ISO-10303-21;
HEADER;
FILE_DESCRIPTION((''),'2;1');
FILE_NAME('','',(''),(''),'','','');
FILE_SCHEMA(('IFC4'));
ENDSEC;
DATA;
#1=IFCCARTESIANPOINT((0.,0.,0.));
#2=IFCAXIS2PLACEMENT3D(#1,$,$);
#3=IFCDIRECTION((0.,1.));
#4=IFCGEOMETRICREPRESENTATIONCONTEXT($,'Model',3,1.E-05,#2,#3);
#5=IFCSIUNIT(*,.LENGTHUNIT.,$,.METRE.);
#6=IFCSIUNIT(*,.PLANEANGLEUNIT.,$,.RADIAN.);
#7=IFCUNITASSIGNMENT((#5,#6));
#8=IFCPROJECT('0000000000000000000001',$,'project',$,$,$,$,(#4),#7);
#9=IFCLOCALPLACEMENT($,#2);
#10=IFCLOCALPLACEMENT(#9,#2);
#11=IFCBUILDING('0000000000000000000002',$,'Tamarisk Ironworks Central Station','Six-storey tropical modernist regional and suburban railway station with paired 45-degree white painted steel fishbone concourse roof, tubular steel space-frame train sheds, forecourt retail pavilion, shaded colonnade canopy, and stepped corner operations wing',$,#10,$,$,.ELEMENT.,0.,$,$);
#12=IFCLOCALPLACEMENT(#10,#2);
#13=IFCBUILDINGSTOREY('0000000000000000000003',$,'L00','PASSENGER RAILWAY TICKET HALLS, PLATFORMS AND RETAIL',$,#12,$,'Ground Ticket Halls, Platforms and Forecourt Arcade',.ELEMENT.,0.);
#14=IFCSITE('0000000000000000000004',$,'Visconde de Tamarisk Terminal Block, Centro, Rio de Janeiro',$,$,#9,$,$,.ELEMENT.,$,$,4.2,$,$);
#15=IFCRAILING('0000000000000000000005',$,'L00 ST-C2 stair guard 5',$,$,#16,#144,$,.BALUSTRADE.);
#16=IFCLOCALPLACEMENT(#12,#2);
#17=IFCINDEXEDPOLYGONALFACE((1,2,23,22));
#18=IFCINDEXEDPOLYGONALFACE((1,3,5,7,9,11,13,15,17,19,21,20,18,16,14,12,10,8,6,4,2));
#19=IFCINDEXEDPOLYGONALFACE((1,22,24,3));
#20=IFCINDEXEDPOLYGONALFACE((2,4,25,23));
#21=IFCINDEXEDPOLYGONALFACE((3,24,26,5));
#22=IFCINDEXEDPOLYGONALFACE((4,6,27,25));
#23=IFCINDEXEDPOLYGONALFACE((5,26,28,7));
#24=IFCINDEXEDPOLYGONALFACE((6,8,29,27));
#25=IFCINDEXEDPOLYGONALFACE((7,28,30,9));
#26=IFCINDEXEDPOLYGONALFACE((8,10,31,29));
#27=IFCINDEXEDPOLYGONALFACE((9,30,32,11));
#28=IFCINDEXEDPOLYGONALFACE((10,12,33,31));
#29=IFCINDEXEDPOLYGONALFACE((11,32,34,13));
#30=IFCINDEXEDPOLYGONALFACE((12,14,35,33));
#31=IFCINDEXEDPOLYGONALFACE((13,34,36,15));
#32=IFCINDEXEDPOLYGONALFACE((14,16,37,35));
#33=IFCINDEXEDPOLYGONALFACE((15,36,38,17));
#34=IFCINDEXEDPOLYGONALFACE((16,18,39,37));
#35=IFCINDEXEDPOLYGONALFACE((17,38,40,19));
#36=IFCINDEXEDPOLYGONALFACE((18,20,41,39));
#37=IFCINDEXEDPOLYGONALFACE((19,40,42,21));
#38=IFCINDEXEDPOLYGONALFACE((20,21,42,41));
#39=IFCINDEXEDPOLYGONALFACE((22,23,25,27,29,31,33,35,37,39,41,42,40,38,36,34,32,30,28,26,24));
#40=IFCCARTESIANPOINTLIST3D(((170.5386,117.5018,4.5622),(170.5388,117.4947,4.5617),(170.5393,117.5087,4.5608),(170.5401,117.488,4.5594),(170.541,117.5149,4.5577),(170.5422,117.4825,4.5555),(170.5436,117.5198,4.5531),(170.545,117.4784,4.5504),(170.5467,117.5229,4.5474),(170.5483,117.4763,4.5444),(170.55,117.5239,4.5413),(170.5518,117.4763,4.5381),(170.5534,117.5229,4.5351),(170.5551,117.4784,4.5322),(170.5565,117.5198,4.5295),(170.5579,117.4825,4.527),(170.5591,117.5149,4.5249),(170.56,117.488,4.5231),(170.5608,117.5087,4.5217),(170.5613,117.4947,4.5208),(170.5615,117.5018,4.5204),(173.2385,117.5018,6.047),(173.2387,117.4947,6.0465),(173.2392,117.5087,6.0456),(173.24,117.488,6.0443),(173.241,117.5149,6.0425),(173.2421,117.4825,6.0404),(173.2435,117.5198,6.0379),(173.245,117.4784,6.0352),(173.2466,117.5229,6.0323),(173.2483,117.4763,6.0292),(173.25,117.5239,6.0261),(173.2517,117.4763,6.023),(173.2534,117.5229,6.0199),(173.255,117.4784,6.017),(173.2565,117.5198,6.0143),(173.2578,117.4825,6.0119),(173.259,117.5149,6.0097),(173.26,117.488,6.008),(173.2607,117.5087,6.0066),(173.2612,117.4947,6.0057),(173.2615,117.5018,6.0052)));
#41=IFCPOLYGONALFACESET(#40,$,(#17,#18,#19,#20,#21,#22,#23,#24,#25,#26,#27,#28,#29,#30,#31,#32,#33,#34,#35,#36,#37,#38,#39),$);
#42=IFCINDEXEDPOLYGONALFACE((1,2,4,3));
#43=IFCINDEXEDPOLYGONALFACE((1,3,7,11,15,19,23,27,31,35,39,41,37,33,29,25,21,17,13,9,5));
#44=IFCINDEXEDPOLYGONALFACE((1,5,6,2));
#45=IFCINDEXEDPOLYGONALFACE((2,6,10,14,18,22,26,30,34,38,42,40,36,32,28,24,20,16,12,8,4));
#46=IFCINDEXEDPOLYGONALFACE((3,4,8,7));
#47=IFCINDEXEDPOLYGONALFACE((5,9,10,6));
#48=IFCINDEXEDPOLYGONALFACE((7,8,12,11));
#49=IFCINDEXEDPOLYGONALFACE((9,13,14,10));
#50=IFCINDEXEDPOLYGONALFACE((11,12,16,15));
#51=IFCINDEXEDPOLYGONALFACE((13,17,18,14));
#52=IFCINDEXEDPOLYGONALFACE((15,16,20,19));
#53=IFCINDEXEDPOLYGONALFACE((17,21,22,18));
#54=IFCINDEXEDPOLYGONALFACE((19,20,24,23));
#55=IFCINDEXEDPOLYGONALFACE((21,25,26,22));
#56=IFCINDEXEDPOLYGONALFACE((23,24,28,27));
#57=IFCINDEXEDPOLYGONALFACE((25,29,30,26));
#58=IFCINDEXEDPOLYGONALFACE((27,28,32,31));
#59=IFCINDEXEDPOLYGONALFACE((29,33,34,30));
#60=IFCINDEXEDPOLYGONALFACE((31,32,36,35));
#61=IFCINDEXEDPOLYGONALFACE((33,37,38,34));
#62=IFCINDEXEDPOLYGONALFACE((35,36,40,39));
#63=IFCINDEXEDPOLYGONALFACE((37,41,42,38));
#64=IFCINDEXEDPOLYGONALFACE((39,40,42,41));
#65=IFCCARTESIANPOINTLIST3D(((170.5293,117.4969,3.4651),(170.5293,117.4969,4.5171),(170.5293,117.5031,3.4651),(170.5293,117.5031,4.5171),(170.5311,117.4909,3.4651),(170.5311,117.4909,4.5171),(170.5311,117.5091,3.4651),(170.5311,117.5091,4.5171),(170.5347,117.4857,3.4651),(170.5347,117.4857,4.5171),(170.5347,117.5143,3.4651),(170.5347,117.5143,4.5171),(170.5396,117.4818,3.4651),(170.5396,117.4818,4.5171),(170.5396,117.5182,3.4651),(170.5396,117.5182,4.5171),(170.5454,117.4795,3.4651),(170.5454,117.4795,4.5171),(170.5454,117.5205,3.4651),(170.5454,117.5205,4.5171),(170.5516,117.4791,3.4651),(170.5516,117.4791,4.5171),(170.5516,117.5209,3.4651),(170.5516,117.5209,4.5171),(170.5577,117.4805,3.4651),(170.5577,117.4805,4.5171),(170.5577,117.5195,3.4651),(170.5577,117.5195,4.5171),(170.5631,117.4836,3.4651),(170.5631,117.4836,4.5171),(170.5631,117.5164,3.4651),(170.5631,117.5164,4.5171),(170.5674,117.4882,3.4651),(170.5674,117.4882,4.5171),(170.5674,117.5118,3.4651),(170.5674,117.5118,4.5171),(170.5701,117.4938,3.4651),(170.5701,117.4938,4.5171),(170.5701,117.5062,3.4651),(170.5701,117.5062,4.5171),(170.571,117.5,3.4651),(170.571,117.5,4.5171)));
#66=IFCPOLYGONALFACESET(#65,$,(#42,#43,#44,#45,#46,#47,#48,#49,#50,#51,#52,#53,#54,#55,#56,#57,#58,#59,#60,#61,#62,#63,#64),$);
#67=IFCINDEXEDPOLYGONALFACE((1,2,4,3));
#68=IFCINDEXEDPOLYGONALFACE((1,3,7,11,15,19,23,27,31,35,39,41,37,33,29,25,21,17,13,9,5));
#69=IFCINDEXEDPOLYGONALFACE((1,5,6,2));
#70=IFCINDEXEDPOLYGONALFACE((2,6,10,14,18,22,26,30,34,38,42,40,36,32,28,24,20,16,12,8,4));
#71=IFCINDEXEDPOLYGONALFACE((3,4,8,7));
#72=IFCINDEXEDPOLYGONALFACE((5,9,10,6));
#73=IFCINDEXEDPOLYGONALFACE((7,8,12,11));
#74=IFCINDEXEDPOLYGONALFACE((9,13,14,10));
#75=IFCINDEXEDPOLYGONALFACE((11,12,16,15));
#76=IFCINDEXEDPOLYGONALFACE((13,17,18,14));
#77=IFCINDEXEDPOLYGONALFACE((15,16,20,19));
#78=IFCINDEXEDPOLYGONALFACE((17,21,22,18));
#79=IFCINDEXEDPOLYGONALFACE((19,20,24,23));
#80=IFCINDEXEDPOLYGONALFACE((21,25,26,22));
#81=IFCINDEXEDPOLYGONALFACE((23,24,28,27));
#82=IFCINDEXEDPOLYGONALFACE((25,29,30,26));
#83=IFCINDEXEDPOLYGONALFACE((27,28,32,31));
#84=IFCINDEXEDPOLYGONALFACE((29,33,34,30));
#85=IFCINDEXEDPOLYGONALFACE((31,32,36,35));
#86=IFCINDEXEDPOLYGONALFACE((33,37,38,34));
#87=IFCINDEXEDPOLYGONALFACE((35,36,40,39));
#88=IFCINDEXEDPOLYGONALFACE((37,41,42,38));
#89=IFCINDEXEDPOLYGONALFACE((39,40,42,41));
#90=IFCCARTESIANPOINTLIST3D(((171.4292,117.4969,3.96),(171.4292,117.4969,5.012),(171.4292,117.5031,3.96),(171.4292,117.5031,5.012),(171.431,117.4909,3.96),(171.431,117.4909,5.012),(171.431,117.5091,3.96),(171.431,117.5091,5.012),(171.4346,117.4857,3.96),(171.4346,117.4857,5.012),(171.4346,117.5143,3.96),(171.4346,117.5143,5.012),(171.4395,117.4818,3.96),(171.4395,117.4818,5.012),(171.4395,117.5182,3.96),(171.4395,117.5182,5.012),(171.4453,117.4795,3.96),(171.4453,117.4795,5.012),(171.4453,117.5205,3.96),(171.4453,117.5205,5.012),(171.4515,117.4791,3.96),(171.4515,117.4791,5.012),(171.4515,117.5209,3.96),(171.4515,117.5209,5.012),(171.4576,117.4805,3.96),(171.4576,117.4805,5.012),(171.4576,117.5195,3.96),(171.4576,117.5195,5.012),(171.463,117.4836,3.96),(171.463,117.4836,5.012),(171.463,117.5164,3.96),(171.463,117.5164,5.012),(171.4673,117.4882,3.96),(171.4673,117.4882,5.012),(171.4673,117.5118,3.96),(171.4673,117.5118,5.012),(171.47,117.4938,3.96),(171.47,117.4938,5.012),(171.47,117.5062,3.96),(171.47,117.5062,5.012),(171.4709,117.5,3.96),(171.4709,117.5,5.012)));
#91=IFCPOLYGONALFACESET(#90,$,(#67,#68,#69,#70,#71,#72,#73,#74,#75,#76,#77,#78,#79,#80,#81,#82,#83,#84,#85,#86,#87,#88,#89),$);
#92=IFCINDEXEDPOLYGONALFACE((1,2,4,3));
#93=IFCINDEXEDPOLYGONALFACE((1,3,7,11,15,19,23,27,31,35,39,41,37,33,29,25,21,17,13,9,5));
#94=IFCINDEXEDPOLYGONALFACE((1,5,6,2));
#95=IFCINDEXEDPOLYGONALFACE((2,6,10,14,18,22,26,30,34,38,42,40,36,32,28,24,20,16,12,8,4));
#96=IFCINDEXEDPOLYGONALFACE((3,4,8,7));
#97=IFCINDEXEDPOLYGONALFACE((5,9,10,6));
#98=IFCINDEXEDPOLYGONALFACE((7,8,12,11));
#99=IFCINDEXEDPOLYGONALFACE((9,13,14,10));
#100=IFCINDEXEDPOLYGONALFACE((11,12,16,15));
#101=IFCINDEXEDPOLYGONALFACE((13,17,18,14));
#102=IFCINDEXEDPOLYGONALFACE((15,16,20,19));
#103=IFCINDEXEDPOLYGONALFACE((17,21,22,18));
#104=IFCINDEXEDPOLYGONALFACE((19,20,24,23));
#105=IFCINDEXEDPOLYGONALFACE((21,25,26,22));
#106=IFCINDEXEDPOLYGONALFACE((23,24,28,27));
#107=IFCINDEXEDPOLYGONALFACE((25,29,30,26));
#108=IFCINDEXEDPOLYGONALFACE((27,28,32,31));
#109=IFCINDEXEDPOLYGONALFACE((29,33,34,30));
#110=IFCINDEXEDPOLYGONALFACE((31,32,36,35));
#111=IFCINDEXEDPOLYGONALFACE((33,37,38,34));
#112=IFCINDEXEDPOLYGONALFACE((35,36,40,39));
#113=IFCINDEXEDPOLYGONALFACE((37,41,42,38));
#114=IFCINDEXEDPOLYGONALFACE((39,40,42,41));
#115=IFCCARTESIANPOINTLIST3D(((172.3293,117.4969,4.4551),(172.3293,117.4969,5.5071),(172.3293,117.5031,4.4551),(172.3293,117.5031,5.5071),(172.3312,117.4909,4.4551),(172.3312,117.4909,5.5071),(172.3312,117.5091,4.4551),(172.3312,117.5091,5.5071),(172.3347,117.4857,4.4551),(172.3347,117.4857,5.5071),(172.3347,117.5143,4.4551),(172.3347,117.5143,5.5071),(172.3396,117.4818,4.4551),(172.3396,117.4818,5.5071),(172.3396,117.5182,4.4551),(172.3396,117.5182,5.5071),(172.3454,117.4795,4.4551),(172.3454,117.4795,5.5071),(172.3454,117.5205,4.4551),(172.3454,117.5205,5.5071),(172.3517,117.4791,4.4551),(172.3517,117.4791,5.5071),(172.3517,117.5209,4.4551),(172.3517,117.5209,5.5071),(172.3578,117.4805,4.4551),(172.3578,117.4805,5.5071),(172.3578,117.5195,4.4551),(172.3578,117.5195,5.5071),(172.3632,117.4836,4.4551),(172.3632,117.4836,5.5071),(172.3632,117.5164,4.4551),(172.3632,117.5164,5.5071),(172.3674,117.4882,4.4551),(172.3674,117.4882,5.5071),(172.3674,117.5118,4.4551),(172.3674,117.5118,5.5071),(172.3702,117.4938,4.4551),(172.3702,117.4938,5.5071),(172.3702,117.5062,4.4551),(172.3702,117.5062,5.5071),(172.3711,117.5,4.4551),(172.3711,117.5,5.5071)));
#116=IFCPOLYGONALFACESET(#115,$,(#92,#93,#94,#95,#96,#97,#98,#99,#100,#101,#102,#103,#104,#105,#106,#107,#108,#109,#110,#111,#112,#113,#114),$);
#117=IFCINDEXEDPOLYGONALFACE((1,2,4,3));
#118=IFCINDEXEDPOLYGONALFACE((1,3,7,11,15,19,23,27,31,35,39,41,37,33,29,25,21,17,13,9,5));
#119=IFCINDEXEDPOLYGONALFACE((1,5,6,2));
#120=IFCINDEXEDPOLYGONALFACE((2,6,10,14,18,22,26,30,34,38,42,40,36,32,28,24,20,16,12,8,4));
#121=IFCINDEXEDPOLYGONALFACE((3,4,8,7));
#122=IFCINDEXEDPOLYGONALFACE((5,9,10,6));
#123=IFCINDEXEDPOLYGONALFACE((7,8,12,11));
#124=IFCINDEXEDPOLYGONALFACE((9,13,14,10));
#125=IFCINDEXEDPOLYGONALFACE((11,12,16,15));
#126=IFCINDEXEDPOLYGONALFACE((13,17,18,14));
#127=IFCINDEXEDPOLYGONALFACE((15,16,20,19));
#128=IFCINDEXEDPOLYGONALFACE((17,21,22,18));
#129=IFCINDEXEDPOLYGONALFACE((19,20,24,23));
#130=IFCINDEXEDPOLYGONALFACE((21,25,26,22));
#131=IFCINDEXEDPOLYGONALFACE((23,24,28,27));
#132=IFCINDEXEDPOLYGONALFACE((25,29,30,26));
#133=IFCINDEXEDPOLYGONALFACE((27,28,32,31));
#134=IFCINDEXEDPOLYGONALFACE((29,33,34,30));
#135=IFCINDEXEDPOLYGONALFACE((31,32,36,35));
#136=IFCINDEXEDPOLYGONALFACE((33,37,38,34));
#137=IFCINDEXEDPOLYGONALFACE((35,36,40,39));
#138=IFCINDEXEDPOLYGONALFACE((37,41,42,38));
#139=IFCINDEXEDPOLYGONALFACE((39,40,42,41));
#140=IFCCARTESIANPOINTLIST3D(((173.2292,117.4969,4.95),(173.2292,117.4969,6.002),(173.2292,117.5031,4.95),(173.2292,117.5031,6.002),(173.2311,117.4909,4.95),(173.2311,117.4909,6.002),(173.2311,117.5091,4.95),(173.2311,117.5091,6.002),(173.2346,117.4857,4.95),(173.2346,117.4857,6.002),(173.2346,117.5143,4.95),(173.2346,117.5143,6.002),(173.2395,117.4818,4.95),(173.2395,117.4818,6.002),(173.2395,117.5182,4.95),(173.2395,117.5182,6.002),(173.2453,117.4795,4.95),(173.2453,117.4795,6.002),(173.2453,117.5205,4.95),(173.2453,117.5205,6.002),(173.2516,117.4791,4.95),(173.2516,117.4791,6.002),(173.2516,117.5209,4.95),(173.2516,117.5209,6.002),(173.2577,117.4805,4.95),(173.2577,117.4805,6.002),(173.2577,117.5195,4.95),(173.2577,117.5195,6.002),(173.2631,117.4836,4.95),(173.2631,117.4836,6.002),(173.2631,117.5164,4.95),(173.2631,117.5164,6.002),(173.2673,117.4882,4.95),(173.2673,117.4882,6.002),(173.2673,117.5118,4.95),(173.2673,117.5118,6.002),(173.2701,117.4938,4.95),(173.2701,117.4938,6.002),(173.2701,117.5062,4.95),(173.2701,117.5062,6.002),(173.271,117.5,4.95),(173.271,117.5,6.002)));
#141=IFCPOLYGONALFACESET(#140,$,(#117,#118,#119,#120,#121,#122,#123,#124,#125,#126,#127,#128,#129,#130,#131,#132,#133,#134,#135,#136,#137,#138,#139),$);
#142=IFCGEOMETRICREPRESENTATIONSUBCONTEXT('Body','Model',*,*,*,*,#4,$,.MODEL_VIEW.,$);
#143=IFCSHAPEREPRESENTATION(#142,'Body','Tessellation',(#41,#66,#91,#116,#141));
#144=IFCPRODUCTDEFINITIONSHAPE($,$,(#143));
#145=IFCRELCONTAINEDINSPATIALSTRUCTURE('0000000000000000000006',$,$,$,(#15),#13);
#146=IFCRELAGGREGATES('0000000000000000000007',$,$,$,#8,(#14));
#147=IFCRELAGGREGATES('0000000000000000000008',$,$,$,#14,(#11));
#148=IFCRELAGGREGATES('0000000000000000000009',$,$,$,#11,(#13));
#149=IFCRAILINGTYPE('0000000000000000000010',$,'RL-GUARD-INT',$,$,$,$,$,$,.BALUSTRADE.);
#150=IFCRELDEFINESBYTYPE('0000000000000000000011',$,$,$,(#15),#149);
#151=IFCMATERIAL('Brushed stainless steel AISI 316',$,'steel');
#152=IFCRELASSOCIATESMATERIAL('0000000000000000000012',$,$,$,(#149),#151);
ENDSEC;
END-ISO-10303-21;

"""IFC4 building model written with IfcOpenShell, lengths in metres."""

from ifc_helpers import new_model, si_unit, direction, frame, origin, origin_2d, place, context, subcontext, project, spatial, circle, extrude, material, type_object, element, save


model = new_model("IFC4")

# Units and contexts
model_context = context("Model", 3, precision=1e-05, world=origin(), true_north=direction((0.0, 1.0)))
body_context = subcontext(model_context, "Body", "Model", "MODEL_VIEW")
ifc_project = project(units=[si_unit("LENGTHUNIT", "METRE"), si_unit("PLANEANGLEUNIT", "RADIAN")], contexts=[model_context])

# Site, building, storey
site_placement = place(None, origin())
site = spatial("IfcSite", under=ifc_project, at=site_placement, Name="Visconde de Tamarisk Terminal Block, Centro, Rio de Janeiro", CompositionType="ELEMENT", RefElevation=4.2)
building_placement = place(site_placement, origin())
building = spatial("IfcBuilding", under=site, at=building_placement, Name="Tamarisk Ironworks Central Station", Description="Six-storey tropical modernist regional and suburban railway station with paired 45-degree white painted steel fishbone concourse roof, tubular steel space-frame train sheds, forecourt retail pavilion, shaded colonnade canopy, and stepped corner operations wing", CompositionType="ELEMENT", ElevationOfRefHeight=0.0)
storey_placement = place(building_placement, origin())
storey = spatial("IfcBuildingStorey", under=building, at=storey_placement, Name="L00", Description="PASSENGER RAILWAY TICKET HALLS, PLATFORMS AND RETAIL", LongName="Ground Ticket Halls, Platforms and Forecourt Arcade", CompositionType="ELEMENT", Elevation=0.0)

# Railing
ifc_material_1 = material(Name="Brushed stainless steel AISI 316", Category="steel")
railing_type_1 = type_object("IfcRailingType", Name="RL-GUARD-INT", PredefinedType="BALUSTRADE", material=ifc_material_1)
railing_1_placement = place(storey_placement, frame((170.55, 117.5, 3.4651)))
element("IfcRailing", 1, at=railing_1_placement, inside=storey, type_object=railing_type_1, Name="L00 ST-C2 stair guard 5", PredefinedType="BALUSTRADE", context=body_context, shape_type="SweptSolid", body=[
    extrude(circle(Radius=0.0239, at=origin_2d()), frame((0.0, 0.0, 1.0762), z_axis=(0.876231, 0.0, 0.481891), x_axis=(0.0, 1.0, 0.0)), (0.0, 0.0, 1.0), 3.0813),
    extrude(circle(Radius=0.021, at=origin_2d()), origin(), (0.0, 0.0, 1.0), 1.052),
    extrude(circle(Radius=0.021, at=origin_2d()), frame((0.8999, 0.0, 0.4949)), (0.0, 0.0, 1.0), 1.052),
    extrude(circle(Radius=0.021, at=origin_2d()), frame((1.8, 0.0, 0.99)), (0.0, 0.0, 1.0), 1.052),
    extrude(circle(Radius=0.021, at=origin_2d()), frame((2.7, 0.0, 1.4849)), (0.0, 0.0, 1.0), 1.052),
])

save(model, "model.ifc")
